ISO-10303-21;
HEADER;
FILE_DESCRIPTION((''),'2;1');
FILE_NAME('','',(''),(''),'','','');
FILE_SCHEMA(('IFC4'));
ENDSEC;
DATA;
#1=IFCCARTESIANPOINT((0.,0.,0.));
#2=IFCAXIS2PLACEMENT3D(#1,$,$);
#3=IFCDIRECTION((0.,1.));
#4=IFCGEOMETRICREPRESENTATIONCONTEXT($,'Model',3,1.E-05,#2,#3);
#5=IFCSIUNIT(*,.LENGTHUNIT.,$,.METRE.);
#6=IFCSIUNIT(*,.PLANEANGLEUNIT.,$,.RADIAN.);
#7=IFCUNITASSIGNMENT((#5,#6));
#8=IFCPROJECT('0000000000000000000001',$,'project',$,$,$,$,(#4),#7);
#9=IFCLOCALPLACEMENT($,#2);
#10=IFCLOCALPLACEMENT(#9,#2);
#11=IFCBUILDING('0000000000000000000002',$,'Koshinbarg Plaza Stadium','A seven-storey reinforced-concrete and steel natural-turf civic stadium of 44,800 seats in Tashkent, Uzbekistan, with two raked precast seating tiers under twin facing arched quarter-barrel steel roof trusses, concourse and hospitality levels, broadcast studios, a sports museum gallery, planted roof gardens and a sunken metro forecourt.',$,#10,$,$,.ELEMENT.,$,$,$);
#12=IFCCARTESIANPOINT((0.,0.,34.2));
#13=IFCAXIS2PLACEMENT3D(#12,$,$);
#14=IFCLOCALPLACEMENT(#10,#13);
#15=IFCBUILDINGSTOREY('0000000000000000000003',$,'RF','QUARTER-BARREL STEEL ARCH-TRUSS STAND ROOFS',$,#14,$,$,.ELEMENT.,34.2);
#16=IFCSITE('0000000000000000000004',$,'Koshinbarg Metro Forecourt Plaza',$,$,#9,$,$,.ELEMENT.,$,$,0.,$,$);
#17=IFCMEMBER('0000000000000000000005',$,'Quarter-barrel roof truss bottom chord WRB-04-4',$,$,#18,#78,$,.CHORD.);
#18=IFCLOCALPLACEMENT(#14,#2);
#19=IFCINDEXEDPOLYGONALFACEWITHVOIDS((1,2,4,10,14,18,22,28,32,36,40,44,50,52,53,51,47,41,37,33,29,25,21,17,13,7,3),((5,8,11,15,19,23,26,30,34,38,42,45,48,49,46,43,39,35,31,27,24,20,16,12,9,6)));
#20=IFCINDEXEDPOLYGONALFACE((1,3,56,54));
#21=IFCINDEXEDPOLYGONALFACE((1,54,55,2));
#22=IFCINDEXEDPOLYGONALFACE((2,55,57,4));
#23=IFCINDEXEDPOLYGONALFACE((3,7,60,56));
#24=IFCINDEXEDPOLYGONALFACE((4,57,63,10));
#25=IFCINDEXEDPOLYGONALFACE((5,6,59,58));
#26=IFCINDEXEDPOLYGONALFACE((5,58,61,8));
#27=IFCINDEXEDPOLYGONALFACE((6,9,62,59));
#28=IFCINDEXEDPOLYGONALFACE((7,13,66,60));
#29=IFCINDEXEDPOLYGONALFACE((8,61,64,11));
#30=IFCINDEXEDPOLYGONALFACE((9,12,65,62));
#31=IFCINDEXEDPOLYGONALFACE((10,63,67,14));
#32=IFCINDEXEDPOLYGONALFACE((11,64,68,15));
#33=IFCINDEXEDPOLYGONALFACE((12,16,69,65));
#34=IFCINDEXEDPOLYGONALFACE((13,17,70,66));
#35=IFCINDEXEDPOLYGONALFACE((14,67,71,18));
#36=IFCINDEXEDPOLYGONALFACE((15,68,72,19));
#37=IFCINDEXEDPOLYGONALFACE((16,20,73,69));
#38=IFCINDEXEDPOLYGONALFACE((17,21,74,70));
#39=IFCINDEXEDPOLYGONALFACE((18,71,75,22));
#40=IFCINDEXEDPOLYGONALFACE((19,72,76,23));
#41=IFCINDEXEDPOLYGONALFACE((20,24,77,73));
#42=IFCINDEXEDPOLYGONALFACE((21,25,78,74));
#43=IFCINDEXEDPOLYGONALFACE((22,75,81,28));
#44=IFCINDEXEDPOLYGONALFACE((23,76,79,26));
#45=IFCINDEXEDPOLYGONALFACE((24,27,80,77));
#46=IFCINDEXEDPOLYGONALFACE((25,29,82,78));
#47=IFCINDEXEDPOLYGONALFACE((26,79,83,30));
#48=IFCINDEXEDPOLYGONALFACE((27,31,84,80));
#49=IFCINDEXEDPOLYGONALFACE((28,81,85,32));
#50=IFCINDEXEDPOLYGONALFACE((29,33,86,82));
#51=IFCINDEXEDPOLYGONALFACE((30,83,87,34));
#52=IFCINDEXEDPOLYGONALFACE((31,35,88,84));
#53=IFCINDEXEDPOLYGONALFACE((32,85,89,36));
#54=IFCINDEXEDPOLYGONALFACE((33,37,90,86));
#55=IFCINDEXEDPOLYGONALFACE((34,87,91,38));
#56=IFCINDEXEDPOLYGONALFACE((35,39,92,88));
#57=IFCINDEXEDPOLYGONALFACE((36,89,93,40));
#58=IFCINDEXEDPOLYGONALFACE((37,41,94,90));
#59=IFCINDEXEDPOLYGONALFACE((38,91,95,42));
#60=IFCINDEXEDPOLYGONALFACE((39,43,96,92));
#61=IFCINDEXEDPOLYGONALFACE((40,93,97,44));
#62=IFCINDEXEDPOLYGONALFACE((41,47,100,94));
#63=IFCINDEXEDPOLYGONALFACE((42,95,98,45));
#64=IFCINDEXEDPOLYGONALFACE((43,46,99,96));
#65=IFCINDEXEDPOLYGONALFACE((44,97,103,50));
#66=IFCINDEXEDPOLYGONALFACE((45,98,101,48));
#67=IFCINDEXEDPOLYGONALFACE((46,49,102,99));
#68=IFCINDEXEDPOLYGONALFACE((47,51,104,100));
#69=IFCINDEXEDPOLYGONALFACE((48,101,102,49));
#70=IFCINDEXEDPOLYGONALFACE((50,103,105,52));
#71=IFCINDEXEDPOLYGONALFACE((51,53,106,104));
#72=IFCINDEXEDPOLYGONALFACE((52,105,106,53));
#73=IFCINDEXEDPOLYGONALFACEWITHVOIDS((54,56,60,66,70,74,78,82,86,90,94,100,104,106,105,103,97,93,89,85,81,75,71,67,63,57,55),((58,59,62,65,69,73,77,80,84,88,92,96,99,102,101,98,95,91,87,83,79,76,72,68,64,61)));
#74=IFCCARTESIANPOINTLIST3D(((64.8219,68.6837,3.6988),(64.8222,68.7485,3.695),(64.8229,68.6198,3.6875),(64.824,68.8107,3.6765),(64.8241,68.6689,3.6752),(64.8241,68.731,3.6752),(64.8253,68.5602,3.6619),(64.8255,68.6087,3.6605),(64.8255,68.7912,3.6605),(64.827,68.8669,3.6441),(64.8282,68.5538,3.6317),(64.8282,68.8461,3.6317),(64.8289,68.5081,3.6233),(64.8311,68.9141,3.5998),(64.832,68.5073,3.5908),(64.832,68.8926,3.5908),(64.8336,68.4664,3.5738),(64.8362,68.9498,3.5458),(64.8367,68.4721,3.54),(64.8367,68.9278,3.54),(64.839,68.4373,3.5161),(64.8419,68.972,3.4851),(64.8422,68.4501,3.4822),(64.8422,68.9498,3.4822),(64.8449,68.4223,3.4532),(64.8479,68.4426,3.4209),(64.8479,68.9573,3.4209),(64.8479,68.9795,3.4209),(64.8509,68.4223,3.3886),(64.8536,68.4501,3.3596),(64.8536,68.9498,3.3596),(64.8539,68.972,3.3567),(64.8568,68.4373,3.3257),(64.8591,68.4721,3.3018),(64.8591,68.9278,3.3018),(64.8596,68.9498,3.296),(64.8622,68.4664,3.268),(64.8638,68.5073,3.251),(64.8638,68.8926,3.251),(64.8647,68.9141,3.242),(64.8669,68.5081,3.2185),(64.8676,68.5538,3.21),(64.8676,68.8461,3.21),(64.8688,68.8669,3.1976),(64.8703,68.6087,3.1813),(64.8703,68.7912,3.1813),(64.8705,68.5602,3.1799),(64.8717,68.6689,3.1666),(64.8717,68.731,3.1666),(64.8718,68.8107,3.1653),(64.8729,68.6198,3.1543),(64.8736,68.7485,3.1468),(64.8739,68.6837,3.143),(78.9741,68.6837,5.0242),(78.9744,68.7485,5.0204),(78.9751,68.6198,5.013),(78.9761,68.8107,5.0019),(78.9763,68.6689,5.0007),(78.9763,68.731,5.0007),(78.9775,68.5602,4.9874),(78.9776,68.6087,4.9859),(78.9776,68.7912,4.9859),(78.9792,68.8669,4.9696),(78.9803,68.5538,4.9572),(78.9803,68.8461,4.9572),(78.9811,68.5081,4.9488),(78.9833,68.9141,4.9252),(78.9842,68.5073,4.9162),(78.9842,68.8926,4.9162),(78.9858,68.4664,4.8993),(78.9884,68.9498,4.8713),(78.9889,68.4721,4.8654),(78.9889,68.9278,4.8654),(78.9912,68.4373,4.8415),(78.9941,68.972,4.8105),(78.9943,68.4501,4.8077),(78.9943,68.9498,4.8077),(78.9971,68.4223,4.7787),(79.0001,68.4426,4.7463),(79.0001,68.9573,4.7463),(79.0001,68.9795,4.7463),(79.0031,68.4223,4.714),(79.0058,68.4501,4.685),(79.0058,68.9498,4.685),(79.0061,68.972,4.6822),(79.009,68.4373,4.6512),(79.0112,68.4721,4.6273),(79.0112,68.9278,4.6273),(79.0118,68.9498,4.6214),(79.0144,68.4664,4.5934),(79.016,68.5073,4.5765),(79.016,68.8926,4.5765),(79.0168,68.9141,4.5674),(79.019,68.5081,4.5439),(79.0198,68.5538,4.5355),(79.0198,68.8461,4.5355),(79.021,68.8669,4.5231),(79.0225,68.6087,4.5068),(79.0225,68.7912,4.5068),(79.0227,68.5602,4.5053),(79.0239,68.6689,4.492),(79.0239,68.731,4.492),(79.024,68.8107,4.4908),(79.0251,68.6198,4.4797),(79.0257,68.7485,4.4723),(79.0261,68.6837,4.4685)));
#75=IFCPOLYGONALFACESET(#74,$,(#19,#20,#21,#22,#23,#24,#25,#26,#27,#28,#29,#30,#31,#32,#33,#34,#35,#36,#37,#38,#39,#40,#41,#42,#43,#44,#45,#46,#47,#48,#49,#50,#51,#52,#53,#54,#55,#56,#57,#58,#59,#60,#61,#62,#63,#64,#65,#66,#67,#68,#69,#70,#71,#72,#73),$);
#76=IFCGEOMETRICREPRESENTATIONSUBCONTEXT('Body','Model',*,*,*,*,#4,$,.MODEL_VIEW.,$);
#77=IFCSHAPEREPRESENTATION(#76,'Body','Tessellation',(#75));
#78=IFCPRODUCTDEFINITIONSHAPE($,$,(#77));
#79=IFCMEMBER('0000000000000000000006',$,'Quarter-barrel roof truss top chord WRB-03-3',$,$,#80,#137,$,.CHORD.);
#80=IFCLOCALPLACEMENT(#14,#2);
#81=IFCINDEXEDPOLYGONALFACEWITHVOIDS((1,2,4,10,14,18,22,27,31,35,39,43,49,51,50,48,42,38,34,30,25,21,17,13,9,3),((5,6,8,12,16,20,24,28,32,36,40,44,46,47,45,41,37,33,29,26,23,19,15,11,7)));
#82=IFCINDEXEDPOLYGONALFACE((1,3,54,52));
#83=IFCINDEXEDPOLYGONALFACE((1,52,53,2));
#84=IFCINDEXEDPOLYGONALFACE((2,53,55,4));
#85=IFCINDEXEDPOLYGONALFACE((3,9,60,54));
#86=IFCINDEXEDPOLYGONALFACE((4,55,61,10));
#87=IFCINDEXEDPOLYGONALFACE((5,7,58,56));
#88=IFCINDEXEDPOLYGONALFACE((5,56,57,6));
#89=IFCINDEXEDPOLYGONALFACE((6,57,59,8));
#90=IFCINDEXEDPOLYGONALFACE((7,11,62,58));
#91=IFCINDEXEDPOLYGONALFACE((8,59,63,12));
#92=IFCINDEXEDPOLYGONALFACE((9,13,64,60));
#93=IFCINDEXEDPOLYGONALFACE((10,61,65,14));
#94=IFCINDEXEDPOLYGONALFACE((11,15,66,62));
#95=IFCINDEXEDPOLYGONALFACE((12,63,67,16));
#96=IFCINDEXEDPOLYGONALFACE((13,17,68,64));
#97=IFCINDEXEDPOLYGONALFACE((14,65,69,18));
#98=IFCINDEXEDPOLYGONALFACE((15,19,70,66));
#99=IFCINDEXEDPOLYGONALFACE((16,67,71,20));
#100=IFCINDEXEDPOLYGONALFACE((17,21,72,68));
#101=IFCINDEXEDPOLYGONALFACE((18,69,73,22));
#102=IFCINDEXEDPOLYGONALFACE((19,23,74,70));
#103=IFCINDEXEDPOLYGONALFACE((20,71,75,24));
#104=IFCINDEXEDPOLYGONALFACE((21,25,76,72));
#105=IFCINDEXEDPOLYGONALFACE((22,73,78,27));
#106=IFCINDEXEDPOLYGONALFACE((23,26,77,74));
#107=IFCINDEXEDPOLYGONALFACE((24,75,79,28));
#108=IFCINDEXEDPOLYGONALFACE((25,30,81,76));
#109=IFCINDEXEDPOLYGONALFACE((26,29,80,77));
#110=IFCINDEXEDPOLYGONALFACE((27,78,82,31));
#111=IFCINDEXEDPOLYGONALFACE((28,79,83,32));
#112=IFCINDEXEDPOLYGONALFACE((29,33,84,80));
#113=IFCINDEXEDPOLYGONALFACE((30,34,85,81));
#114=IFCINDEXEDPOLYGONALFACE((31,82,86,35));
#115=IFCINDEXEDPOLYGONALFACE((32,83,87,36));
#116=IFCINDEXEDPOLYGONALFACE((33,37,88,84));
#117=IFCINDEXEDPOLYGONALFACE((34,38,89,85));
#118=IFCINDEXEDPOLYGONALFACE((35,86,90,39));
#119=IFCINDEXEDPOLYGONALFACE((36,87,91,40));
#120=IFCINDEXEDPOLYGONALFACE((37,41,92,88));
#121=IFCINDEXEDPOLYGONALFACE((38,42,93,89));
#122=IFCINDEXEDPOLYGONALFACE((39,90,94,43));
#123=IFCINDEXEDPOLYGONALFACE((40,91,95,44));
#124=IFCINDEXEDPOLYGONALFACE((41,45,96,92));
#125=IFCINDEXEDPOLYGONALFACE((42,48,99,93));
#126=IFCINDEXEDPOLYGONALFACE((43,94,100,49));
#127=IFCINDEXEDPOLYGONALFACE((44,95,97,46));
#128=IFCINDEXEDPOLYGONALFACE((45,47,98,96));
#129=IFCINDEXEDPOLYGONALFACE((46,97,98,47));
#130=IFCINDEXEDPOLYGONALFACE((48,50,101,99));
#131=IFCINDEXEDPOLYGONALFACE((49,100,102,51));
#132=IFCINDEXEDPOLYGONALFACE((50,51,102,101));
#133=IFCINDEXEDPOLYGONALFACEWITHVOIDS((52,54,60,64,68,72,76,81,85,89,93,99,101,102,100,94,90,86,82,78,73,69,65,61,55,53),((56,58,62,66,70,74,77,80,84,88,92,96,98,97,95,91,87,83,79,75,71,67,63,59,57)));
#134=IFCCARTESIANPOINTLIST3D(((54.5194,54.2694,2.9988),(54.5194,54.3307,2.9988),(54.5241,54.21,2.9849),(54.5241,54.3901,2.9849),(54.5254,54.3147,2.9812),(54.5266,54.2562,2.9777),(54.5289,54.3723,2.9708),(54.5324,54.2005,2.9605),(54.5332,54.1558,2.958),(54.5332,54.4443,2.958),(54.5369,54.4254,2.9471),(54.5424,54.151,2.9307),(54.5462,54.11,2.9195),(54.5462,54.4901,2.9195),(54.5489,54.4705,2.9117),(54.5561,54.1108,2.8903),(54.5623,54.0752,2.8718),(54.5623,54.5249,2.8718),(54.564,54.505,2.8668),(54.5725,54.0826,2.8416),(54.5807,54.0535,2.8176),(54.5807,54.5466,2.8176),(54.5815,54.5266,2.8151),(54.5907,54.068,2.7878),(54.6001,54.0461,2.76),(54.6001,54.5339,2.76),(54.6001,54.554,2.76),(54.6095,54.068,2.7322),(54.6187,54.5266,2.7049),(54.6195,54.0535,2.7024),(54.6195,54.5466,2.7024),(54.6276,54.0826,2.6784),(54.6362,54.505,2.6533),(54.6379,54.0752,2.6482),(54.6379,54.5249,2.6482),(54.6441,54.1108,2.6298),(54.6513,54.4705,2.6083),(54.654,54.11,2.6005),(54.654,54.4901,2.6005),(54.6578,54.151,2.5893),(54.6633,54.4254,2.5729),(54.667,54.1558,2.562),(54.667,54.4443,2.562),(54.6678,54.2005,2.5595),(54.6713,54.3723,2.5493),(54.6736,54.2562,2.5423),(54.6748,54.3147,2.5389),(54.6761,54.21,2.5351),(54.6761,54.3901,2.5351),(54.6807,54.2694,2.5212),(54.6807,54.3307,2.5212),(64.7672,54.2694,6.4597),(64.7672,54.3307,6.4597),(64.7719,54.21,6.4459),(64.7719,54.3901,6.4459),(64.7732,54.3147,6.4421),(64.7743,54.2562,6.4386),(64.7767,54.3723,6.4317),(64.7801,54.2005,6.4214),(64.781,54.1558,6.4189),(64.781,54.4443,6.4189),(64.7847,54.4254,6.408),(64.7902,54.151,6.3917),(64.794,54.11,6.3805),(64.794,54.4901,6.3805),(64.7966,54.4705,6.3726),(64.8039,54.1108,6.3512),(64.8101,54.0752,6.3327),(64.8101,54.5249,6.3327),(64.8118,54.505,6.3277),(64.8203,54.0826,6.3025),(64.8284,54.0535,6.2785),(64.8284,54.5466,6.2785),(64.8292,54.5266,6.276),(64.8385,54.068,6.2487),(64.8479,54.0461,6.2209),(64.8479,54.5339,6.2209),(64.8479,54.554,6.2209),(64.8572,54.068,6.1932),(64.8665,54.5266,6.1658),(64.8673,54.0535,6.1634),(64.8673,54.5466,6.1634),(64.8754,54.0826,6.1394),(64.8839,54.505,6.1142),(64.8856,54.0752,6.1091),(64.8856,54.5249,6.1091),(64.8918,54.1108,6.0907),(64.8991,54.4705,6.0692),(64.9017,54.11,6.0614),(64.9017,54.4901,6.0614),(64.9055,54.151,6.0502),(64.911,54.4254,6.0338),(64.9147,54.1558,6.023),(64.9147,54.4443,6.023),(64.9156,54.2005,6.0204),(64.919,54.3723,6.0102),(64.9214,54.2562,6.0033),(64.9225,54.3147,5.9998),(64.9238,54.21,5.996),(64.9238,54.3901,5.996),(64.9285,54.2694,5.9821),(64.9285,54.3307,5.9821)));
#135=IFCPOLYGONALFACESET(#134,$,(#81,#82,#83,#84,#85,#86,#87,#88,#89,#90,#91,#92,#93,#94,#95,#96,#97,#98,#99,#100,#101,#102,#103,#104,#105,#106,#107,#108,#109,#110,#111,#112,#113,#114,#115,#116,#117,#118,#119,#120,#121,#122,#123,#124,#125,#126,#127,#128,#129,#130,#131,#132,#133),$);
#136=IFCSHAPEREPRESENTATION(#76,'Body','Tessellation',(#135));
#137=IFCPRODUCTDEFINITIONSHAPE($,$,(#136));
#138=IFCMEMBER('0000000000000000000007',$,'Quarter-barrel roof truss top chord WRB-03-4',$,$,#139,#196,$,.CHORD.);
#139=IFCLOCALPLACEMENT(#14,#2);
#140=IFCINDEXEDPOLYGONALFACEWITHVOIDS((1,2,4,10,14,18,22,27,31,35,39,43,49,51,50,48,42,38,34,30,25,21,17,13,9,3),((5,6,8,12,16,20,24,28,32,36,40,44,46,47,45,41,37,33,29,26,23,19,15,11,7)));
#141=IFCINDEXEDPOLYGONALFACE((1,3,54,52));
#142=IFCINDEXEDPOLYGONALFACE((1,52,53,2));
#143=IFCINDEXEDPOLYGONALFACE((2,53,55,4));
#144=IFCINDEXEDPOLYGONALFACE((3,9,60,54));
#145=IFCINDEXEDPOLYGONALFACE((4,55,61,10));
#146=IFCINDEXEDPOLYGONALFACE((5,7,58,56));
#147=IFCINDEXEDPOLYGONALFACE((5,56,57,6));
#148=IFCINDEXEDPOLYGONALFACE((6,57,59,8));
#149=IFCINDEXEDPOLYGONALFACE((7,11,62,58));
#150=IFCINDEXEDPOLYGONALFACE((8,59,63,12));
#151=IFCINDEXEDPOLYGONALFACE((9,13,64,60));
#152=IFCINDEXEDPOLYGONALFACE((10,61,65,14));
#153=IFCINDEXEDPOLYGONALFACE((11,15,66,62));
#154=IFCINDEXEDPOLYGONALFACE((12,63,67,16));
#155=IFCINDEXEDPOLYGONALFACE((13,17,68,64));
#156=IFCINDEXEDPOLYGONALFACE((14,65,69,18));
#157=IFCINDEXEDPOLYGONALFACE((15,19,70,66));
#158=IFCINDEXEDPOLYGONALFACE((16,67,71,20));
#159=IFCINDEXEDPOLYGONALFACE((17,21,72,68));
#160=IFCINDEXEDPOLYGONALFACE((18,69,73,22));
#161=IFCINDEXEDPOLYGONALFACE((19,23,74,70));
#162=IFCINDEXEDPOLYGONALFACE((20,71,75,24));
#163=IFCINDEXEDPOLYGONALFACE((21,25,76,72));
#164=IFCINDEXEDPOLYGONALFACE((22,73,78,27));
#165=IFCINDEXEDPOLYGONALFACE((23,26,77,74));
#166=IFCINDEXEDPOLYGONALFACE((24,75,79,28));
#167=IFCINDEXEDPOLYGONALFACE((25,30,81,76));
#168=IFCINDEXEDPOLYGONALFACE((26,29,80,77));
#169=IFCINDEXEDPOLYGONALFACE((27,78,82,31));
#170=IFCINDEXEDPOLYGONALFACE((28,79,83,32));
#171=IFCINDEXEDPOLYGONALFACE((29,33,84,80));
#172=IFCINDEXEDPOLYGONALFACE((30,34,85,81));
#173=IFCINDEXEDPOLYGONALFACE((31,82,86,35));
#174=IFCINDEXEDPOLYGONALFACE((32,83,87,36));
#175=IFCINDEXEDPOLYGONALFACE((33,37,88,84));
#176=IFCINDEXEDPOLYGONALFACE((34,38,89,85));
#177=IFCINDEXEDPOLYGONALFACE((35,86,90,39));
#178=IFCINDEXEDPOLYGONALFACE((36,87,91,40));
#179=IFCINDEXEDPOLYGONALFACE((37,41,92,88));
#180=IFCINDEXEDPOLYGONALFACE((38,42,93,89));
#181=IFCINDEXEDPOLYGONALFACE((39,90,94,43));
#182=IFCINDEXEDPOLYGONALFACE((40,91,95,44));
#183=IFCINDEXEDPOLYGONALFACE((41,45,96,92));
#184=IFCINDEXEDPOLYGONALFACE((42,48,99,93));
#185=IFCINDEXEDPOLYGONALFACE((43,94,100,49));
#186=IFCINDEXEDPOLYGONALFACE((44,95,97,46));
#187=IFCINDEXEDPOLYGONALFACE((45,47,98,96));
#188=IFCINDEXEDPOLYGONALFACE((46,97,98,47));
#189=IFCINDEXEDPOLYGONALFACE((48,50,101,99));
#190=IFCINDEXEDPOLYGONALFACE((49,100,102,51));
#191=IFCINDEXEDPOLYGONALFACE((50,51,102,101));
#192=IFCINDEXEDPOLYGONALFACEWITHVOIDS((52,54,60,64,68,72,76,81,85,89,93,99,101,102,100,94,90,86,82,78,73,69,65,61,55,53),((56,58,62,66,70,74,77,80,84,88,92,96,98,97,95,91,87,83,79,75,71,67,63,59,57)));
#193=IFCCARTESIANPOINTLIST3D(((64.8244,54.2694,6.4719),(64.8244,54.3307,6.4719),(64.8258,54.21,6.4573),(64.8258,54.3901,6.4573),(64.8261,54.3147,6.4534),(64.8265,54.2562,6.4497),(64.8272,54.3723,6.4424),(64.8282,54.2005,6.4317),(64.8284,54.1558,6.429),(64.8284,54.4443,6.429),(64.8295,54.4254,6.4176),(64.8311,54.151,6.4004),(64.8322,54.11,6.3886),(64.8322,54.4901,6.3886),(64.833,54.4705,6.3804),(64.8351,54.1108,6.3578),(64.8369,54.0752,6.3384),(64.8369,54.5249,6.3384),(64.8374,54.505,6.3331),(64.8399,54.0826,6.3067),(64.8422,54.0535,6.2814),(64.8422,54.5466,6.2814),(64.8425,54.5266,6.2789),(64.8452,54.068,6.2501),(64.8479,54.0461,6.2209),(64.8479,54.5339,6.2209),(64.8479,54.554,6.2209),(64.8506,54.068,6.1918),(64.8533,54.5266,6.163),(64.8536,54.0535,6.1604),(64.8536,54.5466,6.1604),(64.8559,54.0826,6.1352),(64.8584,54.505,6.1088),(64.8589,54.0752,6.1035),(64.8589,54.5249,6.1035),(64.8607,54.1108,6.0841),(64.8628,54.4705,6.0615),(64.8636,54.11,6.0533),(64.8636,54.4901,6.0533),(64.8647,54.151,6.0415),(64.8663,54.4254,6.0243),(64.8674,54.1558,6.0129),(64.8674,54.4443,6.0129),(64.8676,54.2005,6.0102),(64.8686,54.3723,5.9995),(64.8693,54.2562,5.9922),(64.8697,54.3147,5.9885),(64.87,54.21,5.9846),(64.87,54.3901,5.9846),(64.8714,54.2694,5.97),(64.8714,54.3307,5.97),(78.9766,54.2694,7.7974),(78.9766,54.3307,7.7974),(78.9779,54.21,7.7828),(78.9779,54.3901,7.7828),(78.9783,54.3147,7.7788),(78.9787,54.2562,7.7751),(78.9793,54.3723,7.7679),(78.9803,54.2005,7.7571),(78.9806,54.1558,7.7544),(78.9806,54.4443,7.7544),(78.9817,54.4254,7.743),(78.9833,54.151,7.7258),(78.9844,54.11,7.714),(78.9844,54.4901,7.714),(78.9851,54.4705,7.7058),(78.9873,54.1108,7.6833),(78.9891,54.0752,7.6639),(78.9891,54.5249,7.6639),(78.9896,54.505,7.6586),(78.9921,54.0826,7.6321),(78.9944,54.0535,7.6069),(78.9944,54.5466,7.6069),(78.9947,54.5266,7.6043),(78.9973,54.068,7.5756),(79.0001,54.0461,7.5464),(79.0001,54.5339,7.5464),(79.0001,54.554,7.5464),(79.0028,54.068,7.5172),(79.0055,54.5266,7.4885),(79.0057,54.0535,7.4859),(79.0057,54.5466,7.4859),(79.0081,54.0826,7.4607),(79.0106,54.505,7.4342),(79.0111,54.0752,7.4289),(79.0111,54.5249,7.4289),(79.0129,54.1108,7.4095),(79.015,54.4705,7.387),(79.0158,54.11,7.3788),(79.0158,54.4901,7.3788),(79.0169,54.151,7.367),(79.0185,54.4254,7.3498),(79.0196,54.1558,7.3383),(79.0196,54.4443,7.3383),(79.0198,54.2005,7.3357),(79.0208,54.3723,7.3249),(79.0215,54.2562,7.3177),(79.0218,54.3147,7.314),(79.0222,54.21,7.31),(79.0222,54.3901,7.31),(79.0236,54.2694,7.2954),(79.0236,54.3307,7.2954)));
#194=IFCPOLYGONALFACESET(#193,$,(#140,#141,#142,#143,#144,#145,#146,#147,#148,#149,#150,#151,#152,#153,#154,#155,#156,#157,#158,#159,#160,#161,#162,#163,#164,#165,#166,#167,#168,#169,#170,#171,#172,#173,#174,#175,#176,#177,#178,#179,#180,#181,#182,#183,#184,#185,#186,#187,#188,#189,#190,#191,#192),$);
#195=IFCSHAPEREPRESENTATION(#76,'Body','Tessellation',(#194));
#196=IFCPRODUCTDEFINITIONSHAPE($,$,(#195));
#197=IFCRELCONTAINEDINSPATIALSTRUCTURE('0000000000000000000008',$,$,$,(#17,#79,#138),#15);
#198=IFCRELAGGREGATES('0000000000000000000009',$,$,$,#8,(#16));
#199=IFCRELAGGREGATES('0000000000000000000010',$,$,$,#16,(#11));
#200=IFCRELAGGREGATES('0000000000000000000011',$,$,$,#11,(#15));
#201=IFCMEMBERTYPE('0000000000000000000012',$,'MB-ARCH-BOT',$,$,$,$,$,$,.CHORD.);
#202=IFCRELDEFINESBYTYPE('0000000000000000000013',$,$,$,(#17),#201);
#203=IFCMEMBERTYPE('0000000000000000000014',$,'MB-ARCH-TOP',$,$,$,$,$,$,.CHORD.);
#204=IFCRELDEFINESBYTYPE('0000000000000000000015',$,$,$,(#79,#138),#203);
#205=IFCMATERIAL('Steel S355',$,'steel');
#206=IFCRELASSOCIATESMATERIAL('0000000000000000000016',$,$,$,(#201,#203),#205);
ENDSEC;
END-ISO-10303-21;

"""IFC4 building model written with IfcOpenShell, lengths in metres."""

from ifc_helpers import new_model, si_unit, direction, frame, origin, origin_2d, place, context, subcontext, project, spatial, hollow_circle, extrude, material, material_profile, profile_set, type_object, element, save


model = new_model("IFC4")

# Units and contexts
model_context = context("Model", 3, precision=1e-05, world=origin(), true_north=direction((0.0, 1.0)))
body_context = subcontext(model_context, "Body", "Model", "MODEL_VIEW")
ifc_project = project(units=[si_unit("LENGTHUNIT", "METRE"), si_unit("PLANEANGLEUNIT", "RADIAN")], contexts=[model_context])

# Site, building, storey
site_placement = place(None, origin())
site = spatial("IfcSite", under=ifc_project, at=site_placement, Name="Koshinbarg Metro Forecourt Plaza", CompositionType="ELEMENT", RefElevation=0.0)
building_placement = place(site_placement, origin())
building = spatial("IfcBuilding", under=site, at=building_placement, Name="Koshinbarg Plaza Stadium", Description="A seven-storey reinforced-concrete and steel natural-turf civic stadium of 44,800 seats in Tashkent, Uzbekistan, with two raked precast seating tiers under twin facing arched quarter-barrel steel roof trusses, concourse and hospitality levels, broadcast studios, a sports museum gallery, planted roof gardens and a sunken metro forecourt.", CompositionType="ELEMENT")
storey_placement = place(building_placement, frame((0.0, 0.0, 34.2)))
storey = spatial("IfcBuildingStorey", under=building, at=storey_placement, Name="RF", Description="QUARTER-BARREL STEEL ARCH-TRUSS STAND ROOFS", CompositionType="ELEMENT", Elevation=34.2)

# Members
ifc_material_1 = material(Name="Steel S355", Category="steel")
ifc_material_profile_1 = material_profile(ifc_material_1, hollow_circle(Radius=0.2795, WallThickness=0.0222, at=origin_2d()), Name="CHS 559x22.2")
ifc_profile_set_1 = profile_set([ifc_material_profile_1], Name="Steel S355")
member_type_1 = type_object("IfcMemberType", Name="MB-ARCH-BOT", PredefinedType="CHORD", material=ifc_profile_set_1)
member_1_placement = place(storey_placement, frame((64.8479, 68.7, 3.4209), z_axis=(0.995643, 0.0, 0.093249), x_axis=(0.0, 1.0, 0.0)))
element("IfcMember", 1, at=member_1_placement, inside=storey, type_object=member_type_1, Name="Quarter-barrel roof truss bottom chord WRB-04-4", PredefinedType="CHORD", context=body_context, shape_type="SweptSolid", body=[
    extrude(hollow_circle(Radius=0.2795, WallThickness=0.0222, at=origin_2d()), origin(), (0.0, 0.0, 1.0), 14.2141),
])
ifc_material_profile_2 = material_profile(ifc_material_1, hollow_circle(Radius=0.2539, WallThickness=0.02, at=origin_2d()), Name="CHS 508x20")
ifc_profile_set_2 = profile_set([ifc_material_profile_2], Name="Steel S355")
member_type_2 = type_object("IfcMemberType", Name="MB-ARCH-TOP", PredefinedType="CHORD", material=ifc_profile_set_2)
member_2_placement = place(storey_placement, frame((54.6001, 54.3, 2.76), z_axis=(0.947428, 0.0, 0.31997), x_axis=(0.0, 1.0, 0.0)))
element("IfcMember", 2, at=member_2_placement, inside=storey, type_object=member_type_2, Name="Quarter-barrel roof truss top chord WRB-03-3", PredefinedType="CHORD", context=body_context, shape_type="SweptSolid", body=[
    extrude(hollow_circle(Radius=0.2539, WallThickness=0.02, at=origin_2d()), origin(), (0.0, 0.0, 1.0), 10.8164),
])
member_3_placement = place(storey_placement, frame((64.8479, 54.3, 6.2209), z_axis=(0.995643, 0.0, 0.093249), x_axis=(0.0, 1.0, 0.0)))
element("IfcMember", 3, at=member_3_placement, inside=storey, type_object=member_type_2, Name="Quarter-barrel roof truss top chord WRB-03-4", PredefinedType="CHORD", context=body_context, shape_type="SweptSolid", body=[
    extrude(hollow_circle(Radius=0.2539, WallThickness=0.02, at=origin_2d()), origin(), (0.0, 0.0, 1.0), 14.2141),
])

save(model, "model.ifc")
